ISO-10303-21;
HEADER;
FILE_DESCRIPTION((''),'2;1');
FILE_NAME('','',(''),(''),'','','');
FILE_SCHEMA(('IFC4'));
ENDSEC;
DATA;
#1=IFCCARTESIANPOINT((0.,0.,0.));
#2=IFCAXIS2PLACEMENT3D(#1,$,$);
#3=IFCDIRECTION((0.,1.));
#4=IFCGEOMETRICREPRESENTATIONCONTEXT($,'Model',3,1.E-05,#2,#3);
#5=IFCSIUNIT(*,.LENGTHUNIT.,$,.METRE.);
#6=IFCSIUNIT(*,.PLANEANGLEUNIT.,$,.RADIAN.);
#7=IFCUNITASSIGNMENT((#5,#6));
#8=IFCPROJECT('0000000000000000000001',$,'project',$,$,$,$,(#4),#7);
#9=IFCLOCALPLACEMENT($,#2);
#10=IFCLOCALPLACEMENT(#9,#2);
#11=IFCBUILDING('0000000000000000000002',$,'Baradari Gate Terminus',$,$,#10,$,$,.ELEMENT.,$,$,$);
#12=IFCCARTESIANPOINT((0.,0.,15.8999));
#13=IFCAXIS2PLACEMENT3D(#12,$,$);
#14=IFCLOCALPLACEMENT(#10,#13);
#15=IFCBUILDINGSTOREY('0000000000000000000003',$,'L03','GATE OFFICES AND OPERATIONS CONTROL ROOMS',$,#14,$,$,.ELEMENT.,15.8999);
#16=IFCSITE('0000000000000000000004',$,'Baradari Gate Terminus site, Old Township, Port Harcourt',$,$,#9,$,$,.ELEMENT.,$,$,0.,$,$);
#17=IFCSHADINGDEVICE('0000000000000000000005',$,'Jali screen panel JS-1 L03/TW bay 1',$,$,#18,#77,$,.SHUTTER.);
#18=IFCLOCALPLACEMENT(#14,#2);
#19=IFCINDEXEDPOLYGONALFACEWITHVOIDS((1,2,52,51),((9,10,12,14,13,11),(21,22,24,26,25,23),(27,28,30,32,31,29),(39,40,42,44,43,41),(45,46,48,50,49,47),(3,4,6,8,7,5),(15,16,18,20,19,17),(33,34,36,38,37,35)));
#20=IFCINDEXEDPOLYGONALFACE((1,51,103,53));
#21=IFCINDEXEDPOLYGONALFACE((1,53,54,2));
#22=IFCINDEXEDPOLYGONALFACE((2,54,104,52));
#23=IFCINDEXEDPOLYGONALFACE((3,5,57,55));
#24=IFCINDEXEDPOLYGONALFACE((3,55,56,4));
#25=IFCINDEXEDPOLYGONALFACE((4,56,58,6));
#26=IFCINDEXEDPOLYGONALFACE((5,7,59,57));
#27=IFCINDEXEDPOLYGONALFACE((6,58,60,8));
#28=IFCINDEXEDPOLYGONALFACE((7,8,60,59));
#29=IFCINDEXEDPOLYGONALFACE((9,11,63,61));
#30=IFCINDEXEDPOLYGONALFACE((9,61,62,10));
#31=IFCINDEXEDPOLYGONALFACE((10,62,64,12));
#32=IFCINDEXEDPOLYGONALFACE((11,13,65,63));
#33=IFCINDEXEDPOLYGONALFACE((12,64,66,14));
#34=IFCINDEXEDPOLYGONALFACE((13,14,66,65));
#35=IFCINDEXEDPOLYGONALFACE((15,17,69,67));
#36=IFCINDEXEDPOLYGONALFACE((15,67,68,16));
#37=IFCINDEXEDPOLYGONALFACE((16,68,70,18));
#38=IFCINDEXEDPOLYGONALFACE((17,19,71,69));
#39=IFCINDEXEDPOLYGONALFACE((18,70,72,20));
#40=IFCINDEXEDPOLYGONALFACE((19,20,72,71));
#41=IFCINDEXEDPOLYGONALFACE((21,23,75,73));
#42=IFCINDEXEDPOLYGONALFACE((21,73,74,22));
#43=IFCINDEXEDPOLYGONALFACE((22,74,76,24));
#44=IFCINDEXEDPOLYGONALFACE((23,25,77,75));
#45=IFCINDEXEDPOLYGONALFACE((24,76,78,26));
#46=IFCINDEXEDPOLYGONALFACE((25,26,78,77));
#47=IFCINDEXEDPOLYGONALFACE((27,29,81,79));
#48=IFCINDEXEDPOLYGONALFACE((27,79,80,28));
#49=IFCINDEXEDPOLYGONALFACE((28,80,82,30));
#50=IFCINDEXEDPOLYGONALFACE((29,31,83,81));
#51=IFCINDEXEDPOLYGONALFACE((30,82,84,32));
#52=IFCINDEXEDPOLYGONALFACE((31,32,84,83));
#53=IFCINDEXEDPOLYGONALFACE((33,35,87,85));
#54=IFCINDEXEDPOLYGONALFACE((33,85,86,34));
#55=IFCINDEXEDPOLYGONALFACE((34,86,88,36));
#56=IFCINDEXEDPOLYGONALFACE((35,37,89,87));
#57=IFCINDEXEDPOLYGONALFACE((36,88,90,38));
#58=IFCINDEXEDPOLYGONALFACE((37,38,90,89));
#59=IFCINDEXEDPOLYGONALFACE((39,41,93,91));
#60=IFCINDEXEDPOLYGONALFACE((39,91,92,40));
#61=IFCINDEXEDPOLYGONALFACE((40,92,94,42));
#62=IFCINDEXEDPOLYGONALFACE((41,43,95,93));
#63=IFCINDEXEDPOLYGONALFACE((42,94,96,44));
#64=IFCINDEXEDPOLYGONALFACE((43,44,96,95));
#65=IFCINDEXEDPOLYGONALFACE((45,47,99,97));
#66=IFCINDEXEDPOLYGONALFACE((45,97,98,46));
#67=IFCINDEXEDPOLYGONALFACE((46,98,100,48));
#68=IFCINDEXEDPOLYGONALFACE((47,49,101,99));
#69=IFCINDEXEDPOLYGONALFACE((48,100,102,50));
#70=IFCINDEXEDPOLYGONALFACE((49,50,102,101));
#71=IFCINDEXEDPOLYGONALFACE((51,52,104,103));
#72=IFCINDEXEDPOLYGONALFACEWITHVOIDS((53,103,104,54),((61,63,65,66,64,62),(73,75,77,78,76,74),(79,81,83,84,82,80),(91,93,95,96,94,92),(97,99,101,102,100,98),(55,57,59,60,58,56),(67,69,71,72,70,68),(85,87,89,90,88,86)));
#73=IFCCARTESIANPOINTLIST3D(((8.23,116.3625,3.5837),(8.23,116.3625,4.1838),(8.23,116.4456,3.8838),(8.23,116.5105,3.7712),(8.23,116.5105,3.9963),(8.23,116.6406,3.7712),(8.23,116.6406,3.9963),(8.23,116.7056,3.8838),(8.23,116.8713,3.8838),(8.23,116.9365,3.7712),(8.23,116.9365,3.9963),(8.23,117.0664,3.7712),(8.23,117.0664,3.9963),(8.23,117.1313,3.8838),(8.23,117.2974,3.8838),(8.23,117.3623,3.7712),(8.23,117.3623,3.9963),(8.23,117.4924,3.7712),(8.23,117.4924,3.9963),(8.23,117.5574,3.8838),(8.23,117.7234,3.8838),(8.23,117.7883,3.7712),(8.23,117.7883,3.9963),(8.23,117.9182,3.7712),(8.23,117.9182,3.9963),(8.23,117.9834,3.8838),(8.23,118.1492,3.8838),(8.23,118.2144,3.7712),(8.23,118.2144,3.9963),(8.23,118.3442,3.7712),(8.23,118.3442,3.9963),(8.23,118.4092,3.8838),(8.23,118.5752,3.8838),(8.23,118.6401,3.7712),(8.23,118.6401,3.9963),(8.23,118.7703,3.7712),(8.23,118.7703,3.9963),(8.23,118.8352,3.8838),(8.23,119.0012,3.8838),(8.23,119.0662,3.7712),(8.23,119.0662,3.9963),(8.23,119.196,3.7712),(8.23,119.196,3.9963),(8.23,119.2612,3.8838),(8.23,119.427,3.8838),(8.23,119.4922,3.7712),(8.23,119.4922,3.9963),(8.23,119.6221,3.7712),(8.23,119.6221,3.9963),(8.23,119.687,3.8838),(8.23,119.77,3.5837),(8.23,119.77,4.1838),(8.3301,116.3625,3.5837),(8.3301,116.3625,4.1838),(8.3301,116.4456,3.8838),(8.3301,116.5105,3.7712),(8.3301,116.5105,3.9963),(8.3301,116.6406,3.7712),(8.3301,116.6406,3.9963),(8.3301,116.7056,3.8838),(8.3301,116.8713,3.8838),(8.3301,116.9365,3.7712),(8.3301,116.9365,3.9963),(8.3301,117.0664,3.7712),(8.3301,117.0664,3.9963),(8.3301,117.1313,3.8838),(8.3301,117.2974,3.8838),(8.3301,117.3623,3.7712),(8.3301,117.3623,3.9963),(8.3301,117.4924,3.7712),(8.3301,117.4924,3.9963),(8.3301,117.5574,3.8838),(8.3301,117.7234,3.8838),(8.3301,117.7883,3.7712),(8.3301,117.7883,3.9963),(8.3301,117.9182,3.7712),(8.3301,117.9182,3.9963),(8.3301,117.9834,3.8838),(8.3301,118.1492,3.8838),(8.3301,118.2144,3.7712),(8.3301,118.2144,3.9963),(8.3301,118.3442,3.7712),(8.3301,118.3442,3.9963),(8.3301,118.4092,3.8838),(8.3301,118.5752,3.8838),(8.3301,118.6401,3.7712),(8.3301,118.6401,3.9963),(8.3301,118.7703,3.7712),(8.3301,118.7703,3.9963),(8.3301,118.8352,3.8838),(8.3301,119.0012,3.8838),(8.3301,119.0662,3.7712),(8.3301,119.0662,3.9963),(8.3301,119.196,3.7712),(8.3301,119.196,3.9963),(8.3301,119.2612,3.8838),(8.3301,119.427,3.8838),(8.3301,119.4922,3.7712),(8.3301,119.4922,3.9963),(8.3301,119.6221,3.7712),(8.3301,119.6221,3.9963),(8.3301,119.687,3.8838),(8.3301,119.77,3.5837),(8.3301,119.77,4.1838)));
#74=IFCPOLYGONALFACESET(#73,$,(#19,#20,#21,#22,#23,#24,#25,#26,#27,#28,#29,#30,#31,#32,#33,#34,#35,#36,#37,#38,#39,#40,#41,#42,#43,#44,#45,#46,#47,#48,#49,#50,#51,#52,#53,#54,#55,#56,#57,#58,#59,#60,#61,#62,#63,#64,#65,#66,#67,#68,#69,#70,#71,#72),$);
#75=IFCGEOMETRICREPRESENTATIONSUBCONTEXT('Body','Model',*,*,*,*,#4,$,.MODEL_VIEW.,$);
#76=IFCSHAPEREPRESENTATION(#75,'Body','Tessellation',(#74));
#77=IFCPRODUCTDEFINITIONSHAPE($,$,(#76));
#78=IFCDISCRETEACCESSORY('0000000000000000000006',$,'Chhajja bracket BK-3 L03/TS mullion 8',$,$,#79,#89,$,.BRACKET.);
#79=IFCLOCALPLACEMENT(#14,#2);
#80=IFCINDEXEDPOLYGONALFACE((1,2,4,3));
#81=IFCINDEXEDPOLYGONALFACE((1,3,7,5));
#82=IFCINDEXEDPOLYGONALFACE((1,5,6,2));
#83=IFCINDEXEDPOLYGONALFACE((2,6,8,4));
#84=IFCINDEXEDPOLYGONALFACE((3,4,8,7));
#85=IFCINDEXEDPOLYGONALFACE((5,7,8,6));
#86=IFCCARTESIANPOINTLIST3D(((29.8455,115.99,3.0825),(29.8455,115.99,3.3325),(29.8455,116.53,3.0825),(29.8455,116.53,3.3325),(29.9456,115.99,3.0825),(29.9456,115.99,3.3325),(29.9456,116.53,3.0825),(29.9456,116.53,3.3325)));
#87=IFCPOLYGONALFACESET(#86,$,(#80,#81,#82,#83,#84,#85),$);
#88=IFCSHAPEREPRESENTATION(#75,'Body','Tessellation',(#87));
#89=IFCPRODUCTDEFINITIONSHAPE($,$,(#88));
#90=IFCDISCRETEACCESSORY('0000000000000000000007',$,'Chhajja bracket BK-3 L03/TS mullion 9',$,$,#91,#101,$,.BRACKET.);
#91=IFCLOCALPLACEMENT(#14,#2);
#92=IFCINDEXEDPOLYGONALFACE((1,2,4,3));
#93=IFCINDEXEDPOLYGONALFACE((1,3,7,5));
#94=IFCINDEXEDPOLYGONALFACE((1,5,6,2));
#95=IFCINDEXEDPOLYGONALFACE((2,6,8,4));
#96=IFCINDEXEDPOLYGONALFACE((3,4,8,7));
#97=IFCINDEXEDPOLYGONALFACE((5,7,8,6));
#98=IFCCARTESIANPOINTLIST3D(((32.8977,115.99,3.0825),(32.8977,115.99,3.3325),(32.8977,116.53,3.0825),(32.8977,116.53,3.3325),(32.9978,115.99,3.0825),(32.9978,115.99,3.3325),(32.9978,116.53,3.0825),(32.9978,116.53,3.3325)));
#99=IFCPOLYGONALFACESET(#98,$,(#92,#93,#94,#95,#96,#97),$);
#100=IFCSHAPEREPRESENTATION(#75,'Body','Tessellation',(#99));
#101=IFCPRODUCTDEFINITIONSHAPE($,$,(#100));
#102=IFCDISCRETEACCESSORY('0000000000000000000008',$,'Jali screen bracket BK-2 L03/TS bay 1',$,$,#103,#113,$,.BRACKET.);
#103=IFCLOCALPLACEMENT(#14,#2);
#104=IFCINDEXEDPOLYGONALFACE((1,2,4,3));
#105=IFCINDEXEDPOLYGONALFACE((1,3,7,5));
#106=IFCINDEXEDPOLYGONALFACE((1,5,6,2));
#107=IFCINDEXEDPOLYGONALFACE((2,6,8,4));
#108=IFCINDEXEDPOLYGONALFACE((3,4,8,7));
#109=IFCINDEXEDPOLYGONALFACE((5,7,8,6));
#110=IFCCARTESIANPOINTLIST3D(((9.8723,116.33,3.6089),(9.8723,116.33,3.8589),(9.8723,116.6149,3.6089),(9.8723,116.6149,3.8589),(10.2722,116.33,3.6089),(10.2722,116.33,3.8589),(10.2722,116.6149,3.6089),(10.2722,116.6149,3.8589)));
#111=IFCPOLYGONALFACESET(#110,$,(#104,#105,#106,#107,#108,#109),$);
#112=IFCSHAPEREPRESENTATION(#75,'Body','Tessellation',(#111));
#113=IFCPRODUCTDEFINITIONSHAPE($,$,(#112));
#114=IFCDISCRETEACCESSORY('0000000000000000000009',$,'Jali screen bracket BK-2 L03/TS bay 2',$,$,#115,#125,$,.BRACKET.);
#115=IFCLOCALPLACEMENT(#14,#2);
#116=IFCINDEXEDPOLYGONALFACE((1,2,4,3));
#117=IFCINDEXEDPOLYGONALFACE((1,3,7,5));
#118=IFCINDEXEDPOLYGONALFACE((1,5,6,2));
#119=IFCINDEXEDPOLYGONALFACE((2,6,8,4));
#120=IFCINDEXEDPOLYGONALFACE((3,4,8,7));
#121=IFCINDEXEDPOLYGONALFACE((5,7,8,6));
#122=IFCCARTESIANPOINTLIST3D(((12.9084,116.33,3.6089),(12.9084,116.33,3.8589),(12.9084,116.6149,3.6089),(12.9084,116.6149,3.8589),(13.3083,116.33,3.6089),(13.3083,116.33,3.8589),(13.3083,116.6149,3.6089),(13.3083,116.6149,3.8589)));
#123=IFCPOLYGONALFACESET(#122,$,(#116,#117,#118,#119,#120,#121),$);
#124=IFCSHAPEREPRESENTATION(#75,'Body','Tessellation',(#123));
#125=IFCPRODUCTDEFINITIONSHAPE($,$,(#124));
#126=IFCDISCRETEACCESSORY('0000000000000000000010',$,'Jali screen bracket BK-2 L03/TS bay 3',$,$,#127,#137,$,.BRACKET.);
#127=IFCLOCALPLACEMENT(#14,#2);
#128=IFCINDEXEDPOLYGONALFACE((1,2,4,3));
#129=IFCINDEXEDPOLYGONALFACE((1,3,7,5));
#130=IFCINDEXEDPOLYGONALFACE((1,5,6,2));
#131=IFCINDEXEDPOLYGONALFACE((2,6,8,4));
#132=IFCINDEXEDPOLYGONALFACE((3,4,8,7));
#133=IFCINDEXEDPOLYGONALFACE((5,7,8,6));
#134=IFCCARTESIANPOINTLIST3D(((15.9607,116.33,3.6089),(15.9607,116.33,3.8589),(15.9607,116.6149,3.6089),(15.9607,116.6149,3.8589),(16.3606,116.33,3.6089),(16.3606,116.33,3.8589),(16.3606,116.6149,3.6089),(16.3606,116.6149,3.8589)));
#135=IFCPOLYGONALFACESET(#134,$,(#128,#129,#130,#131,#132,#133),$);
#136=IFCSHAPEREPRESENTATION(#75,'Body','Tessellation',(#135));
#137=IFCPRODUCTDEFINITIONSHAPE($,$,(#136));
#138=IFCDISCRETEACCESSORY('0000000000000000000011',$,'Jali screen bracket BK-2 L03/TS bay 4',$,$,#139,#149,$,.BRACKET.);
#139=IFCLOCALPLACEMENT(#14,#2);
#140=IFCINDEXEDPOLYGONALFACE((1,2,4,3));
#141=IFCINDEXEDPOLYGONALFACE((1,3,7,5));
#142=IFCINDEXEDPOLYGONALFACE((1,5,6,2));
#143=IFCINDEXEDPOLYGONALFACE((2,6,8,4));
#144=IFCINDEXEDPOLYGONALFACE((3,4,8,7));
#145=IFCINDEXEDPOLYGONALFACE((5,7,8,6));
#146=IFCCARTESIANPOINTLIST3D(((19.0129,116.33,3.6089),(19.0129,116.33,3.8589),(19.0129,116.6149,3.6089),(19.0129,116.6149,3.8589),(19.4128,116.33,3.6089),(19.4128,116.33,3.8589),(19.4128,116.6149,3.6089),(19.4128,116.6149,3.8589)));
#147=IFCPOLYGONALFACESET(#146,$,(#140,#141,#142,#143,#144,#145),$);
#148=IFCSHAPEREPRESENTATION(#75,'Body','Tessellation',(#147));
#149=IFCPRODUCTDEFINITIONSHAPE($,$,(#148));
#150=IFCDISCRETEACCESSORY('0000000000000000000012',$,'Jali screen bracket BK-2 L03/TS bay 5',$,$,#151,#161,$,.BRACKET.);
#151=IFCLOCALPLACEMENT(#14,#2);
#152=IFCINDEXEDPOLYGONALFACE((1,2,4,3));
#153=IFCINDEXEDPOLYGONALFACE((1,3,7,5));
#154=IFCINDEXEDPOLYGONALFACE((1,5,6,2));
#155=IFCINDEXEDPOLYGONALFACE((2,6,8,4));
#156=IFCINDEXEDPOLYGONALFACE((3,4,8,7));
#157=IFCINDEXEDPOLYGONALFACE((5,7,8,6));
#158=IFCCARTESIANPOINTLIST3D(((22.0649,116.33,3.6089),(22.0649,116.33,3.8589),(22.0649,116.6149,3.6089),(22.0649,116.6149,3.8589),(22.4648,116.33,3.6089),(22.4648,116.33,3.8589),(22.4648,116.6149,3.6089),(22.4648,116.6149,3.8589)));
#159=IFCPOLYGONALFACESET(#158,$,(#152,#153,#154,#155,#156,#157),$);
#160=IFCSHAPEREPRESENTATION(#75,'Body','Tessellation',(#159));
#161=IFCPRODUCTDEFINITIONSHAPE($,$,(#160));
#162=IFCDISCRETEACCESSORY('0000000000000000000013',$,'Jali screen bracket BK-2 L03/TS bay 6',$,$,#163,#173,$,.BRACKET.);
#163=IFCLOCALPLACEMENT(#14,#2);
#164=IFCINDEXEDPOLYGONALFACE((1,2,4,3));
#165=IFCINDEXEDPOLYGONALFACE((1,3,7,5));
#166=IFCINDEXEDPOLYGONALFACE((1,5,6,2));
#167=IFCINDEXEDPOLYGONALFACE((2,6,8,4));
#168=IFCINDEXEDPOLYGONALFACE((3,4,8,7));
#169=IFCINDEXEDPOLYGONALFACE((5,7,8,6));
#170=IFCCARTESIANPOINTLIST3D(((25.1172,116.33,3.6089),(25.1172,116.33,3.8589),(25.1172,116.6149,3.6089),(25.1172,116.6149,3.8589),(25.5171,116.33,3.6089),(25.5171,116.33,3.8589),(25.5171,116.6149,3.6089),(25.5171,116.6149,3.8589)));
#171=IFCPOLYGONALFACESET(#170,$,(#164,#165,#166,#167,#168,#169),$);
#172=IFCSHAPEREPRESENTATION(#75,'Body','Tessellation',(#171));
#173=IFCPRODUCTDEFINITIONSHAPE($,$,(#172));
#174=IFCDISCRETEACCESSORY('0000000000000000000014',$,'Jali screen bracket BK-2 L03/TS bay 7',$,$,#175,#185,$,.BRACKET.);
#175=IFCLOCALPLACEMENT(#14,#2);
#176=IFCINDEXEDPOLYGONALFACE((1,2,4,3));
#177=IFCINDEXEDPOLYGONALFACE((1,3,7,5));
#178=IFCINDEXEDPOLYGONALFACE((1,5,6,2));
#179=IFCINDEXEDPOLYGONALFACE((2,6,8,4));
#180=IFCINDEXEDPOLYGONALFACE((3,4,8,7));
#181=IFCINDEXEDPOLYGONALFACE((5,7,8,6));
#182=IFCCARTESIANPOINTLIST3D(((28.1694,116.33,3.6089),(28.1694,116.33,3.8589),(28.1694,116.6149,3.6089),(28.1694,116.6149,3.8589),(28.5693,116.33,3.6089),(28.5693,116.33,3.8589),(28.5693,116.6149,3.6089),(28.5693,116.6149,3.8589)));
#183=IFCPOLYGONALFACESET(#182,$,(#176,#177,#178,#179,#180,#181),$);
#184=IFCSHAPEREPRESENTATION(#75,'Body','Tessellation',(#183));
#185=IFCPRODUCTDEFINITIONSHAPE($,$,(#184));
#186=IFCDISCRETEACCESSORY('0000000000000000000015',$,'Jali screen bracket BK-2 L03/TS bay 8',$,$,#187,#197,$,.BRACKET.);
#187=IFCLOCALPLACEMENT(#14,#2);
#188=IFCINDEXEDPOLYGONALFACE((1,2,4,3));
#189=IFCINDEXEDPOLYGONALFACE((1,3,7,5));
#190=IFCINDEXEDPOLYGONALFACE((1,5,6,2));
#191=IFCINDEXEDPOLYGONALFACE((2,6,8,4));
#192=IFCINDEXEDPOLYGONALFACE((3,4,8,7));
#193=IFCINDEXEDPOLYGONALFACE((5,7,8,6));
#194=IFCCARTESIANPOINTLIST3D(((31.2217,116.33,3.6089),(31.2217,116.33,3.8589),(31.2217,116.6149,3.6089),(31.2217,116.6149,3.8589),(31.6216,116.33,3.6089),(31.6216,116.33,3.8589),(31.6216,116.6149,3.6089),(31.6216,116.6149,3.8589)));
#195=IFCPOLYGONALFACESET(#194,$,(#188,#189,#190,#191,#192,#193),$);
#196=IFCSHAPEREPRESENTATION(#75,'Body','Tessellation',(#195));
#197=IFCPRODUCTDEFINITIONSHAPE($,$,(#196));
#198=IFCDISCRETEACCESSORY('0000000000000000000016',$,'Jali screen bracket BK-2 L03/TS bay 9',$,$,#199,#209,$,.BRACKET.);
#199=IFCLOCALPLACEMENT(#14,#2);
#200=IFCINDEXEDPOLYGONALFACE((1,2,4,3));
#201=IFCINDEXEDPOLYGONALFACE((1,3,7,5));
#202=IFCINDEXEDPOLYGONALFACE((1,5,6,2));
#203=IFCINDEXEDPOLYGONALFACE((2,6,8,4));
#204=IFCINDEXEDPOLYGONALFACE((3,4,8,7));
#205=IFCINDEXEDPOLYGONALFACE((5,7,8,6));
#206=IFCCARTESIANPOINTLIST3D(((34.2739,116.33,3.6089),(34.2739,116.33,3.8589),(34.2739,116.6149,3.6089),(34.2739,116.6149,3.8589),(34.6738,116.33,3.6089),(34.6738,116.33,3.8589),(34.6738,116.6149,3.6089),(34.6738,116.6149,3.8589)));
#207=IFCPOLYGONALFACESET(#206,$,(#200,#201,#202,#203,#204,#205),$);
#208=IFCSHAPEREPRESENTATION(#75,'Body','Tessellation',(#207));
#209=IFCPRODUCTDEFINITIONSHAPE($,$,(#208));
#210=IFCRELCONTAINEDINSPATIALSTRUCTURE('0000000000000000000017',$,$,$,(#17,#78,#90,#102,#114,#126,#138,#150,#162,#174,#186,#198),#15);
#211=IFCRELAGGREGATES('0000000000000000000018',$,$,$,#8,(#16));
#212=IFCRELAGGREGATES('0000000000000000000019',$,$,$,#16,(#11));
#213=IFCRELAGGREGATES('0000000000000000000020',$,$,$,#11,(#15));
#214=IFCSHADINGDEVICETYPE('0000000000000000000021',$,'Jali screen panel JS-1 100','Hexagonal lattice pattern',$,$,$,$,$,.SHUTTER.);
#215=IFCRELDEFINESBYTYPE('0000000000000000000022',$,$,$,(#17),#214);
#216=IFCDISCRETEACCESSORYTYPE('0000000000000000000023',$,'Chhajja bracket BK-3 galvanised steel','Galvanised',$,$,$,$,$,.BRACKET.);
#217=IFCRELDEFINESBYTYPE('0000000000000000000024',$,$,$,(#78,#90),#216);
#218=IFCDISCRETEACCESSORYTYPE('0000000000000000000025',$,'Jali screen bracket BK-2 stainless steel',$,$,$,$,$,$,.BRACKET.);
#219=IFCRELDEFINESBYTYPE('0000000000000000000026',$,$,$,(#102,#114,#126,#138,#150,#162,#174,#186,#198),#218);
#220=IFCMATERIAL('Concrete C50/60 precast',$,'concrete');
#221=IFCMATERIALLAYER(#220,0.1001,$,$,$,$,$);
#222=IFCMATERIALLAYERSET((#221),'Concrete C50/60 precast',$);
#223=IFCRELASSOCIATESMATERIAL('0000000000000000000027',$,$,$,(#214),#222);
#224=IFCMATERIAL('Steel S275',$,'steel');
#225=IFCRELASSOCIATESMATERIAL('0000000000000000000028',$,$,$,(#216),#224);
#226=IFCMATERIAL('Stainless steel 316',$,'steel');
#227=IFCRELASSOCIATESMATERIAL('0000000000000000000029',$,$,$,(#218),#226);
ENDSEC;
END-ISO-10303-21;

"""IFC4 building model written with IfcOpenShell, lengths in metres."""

from ifc_helpers import new_model, si_unit, direction, frame, origin, origin_2d, place, context, subcontext, project, spatial, polyline, rectangle, outline, extrude, material, layer, layer_set, type_object, element, save


model = new_model("IFC4")

# Units and contexts
model_context = context("Model", 3, precision=1e-05, world=origin(), true_north=direction((0.0, 1.0)))
body_context = subcontext(model_context, "Body", "Model", "MODEL_VIEW")
ifc_project = project(units=[si_unit("LENGTHUNIT", "METRE"), si_unit("PLANEANGLEUNIT", "RADIAN")], contexts=[model_context])

# Site, building, storey
site_placement = place(None, origin())
site = spatial("IfcSite", under=ifc_project, at=site_placement, Name="Baradari Gate Terminus site, Old Township, Port Harcourt", CompositionType="ELEMENT", RefElevation=0.0)
building_placement = place(site_placement, origin())
building = spatial("IfcBuilding", under=site, at=building_placement, Name="Baradari Gate Terminus", CompositionType="ELEMENT")
storey_placement = place(building_placement, frame((0.0, 0.0, 15.8999)))
storey = spatial("IfcBuildingStorey", under=building, at=storey_placement, Name="L03", Description="GATE OFFICES AND OPERATIONS CONTROL ROOMS", CompositionType="ELEMENT", Elevation=15.8999)

# Shading device
ifc_material_1 = material(Name="Concrete C50/60 precast", Category="concrete")
ifc_layer_1 = layer(ifc_material_1, 0.1001)
ifc_layer_set_1 = layer_set([ifc_layer_1], Name="Concrete C50/60 precast")
shading_device_type = type_object("IfcShadingDeviceType", Name="Jali screen panel JS-1 100", Description="Hexagonal lattice pattern", PredefinedType="SHUTTER", material=ifc_layer_set_1)
shading_device_1_placement = place(storey_placement, frame((8.28, 116.3625, 3.5837), z_axis=(0.0, 0.0, 1.0), x_axis=(0.0, 1.0, 0.0)))
element("IfcShadingDevice", 1, at=shading_device_1_placement, inside=storey, type_object=shading_device_type, Name="Jali screen panel JS-1 L03/TW bay 1", PredefinedType="SHUTTER", context=body_context, shape_type="SweptSolid", body=[
    extrude(outline(polyline([(0.0, 0.0), (3.4075, 0.0), (3.4075, 0.6001), (0.0, 0.6001), (0.0, 0.0)]), holes=[polyline([(0.343, 0.3), (0.2781, 0.1875), (0.1479, 0.1875), (0.083, 0.3), (0.1479, 0.4126), (0.2781, 0.4126), (0.343, 0.3)]), polyline([(0.7688, 0.3), (0.7039, 0.1875), (0.574, 0.1875), (0.5088, 0.3), (0.574, 0.4126), (0.7039, 0.4126), (0.7688, 0.3)]), polyline([(1.1948, 0.3), (1.1299, 0.1875), (0.9998, 0.1875), (0.9348, 0.3), (0.9998, 0.4126), (1.1299, 0.4126), (1.1948, 0.3)]), polyline([(1.6208, 0.3), (1.5557, 0.1875), (1.4258, 0.1875), (1.3608, 0.3), (1.4258, 0.4126), (1.5557, 0.4126), (1.6208, 0.3)]), polyline([(2.0466, 0.3), (1.9817, 0.1875), (1.8518, 0.1875), (1.7866, 0.3), (1.8518, 0.4126), (1.9817, 0.4126), (2.0466, 0.3)]), polyline([(2.4727, 0.3), (2.4077, 0.1875), (2.2776, 0.1875), (2.2126, 0.3), (2.2776, 0.4126), (2.4077, 0.4126), (2.4727, 0.3)]), polyline([(2.8987, 0.3), (2.8335, 0.1875), (2.7036, 0.1875), (2.6387, 0.3), (2.7036, 0.4126), (2.8335, 0.4126), (2.8987, 0.3)]), polyline([(3.3245, 0.3), (3.2595, 0.1875), (3.1296, 0.1875), (3.0645, 0.3), (3.1296, 0.4126), (3.2595, 0.4126), (3.3245, 0.3)])]), frame((0.0, 0.05, 0.0), z_axis=(0.0, -1.0, 0.0), x_axis=(1.0, 0.0, 0.0)), (0.0, 0.0, 1.0), 0.1001),
])

# Discrete accessories
ifc_material_2 = material(Name="Steel S275", Category="steel")
discrete_accessory_type_1 = type_object("IfcDiscreteAccessoryType", Name="Chhajja bracket BK-3 galvanised steel", Description="Galvanised", PredefinedType="BRACKET", material=ifc_material_2)
for number, where, z_axis, x_axis, name in (
    (2, (29.8955, 116.26, 3.0825), (0.0, 0.0, 1.0), (0.0, -1.0, 0.0), "Chhajja bracket BK-3 L03/TS mullion 8"),
    (3, (32.9478, 116.26, 3.0825), (0.0, 0.0, 1.0), (0.0, -1.0, 0.0), "Chhajja bracket BK-3 L03/TS mullion 9"),
):
    element("IfcDiscreteAccessory", number, at=place(storey_placement, frame(where, z_axis=z_axis, x_axis=x_axis)), inside=storey, type_object=discrete_accessory_type_1, Name=name, PredefinedType="BRACKET", context=body_context, shape_type="SweptSolid", body=[
        extrude(rectangle(XDim=0.54, YDim=0.1001, at=origin_2d()), origin(), (0.0, 0.0, 1.0), 0.25),
    ])
ifc_material_3 = material(Name="Stainless steel 316", Category="steel")
discrete_accessory_type_2 = type_object("IfcDiscreteAccessoryType", Name="Jali screen bracket BK-2 stainless steel", PredefinedType="BRACKET", material=ifc_material_3)
for number, where, z_axis, x_axis, name in (
    (4, (10.0723, 116.4724, 3.6089), (0.0, 0.0, 1.0), (0.0, -1.0, 0.0), "Jali screen bracket BK-2 L03/TS bay 1"),
    (5, (13.1084, 116.4724, 3.6089), (0.0, 0.0, 1.0), (0.0, -1.0, 0.0), "Jali screen bracket BK-2 L03/TS bay 2"),
    (6, (16.1606, 116.4724, 3.6089), (0.0, 0.0, 1.0), (0.0, -1.0, 0.0), "Jali screen bracket BK-2 L03/TS bay 3"),
    (7, (19.2129, 116.4724, 3.6089), (0.0, 0.0, 1.0), (0.0, -1.0, 0.0), "Jali screen bracket BK-2 L03/TS bay 4"),
    (8, (22.2649, 116.4724, 3.6089), (0.0, 0.0, 1.0), (0.0, -1.0, 0.0), "Jali screen bracket BK-2 L03/TS bay 5"),
    (9, (25.3171, 116.4724, 3.6089), (0.0, 0.0, 1.0), (0.0, -1.0, 0.0), "Jali screen bracket BK-2 L03/TS bay 6"),
    (10, (28.3694, 116.4724, 3.6089), (0.0, 0.0, 1.0), (0.0, -1.0, 0.0), "Jali screen bracket BK-2 L03/TS bay 7"),
    (11, (31.4216, 116.4724, 3.6089), (0.0, 0.0, 1.0), (0.0, -1.0, 0.0), "Jali screen bracket BK-2 L03/TS bay 8"),
    (12, (34.4739, 116.4724, 3.6089), (0.0, 0.0, 1.0), (0.0, -1.0, 0.0), "Jali screen bracket BK-2 L03/TS bay 9"),
):
    element("IfcDiscreteAccessory", number, at=place(storey_placement, frame(where, z_axis=z_axis, x_axis=x_axis)), inside=storey, type_object=discrete_accessory_type_2, Name=name, PredefinedType="BRACKET", context=body_context, shape_type="SweptSolid", body=[
        extrude(rectangle(XDim=0.2849, YDim=0.3999, at=origin_2d()), origin(), (0.0, 0.0, 1.0), 0.25),
    ])

save(model, "model.ifc")
